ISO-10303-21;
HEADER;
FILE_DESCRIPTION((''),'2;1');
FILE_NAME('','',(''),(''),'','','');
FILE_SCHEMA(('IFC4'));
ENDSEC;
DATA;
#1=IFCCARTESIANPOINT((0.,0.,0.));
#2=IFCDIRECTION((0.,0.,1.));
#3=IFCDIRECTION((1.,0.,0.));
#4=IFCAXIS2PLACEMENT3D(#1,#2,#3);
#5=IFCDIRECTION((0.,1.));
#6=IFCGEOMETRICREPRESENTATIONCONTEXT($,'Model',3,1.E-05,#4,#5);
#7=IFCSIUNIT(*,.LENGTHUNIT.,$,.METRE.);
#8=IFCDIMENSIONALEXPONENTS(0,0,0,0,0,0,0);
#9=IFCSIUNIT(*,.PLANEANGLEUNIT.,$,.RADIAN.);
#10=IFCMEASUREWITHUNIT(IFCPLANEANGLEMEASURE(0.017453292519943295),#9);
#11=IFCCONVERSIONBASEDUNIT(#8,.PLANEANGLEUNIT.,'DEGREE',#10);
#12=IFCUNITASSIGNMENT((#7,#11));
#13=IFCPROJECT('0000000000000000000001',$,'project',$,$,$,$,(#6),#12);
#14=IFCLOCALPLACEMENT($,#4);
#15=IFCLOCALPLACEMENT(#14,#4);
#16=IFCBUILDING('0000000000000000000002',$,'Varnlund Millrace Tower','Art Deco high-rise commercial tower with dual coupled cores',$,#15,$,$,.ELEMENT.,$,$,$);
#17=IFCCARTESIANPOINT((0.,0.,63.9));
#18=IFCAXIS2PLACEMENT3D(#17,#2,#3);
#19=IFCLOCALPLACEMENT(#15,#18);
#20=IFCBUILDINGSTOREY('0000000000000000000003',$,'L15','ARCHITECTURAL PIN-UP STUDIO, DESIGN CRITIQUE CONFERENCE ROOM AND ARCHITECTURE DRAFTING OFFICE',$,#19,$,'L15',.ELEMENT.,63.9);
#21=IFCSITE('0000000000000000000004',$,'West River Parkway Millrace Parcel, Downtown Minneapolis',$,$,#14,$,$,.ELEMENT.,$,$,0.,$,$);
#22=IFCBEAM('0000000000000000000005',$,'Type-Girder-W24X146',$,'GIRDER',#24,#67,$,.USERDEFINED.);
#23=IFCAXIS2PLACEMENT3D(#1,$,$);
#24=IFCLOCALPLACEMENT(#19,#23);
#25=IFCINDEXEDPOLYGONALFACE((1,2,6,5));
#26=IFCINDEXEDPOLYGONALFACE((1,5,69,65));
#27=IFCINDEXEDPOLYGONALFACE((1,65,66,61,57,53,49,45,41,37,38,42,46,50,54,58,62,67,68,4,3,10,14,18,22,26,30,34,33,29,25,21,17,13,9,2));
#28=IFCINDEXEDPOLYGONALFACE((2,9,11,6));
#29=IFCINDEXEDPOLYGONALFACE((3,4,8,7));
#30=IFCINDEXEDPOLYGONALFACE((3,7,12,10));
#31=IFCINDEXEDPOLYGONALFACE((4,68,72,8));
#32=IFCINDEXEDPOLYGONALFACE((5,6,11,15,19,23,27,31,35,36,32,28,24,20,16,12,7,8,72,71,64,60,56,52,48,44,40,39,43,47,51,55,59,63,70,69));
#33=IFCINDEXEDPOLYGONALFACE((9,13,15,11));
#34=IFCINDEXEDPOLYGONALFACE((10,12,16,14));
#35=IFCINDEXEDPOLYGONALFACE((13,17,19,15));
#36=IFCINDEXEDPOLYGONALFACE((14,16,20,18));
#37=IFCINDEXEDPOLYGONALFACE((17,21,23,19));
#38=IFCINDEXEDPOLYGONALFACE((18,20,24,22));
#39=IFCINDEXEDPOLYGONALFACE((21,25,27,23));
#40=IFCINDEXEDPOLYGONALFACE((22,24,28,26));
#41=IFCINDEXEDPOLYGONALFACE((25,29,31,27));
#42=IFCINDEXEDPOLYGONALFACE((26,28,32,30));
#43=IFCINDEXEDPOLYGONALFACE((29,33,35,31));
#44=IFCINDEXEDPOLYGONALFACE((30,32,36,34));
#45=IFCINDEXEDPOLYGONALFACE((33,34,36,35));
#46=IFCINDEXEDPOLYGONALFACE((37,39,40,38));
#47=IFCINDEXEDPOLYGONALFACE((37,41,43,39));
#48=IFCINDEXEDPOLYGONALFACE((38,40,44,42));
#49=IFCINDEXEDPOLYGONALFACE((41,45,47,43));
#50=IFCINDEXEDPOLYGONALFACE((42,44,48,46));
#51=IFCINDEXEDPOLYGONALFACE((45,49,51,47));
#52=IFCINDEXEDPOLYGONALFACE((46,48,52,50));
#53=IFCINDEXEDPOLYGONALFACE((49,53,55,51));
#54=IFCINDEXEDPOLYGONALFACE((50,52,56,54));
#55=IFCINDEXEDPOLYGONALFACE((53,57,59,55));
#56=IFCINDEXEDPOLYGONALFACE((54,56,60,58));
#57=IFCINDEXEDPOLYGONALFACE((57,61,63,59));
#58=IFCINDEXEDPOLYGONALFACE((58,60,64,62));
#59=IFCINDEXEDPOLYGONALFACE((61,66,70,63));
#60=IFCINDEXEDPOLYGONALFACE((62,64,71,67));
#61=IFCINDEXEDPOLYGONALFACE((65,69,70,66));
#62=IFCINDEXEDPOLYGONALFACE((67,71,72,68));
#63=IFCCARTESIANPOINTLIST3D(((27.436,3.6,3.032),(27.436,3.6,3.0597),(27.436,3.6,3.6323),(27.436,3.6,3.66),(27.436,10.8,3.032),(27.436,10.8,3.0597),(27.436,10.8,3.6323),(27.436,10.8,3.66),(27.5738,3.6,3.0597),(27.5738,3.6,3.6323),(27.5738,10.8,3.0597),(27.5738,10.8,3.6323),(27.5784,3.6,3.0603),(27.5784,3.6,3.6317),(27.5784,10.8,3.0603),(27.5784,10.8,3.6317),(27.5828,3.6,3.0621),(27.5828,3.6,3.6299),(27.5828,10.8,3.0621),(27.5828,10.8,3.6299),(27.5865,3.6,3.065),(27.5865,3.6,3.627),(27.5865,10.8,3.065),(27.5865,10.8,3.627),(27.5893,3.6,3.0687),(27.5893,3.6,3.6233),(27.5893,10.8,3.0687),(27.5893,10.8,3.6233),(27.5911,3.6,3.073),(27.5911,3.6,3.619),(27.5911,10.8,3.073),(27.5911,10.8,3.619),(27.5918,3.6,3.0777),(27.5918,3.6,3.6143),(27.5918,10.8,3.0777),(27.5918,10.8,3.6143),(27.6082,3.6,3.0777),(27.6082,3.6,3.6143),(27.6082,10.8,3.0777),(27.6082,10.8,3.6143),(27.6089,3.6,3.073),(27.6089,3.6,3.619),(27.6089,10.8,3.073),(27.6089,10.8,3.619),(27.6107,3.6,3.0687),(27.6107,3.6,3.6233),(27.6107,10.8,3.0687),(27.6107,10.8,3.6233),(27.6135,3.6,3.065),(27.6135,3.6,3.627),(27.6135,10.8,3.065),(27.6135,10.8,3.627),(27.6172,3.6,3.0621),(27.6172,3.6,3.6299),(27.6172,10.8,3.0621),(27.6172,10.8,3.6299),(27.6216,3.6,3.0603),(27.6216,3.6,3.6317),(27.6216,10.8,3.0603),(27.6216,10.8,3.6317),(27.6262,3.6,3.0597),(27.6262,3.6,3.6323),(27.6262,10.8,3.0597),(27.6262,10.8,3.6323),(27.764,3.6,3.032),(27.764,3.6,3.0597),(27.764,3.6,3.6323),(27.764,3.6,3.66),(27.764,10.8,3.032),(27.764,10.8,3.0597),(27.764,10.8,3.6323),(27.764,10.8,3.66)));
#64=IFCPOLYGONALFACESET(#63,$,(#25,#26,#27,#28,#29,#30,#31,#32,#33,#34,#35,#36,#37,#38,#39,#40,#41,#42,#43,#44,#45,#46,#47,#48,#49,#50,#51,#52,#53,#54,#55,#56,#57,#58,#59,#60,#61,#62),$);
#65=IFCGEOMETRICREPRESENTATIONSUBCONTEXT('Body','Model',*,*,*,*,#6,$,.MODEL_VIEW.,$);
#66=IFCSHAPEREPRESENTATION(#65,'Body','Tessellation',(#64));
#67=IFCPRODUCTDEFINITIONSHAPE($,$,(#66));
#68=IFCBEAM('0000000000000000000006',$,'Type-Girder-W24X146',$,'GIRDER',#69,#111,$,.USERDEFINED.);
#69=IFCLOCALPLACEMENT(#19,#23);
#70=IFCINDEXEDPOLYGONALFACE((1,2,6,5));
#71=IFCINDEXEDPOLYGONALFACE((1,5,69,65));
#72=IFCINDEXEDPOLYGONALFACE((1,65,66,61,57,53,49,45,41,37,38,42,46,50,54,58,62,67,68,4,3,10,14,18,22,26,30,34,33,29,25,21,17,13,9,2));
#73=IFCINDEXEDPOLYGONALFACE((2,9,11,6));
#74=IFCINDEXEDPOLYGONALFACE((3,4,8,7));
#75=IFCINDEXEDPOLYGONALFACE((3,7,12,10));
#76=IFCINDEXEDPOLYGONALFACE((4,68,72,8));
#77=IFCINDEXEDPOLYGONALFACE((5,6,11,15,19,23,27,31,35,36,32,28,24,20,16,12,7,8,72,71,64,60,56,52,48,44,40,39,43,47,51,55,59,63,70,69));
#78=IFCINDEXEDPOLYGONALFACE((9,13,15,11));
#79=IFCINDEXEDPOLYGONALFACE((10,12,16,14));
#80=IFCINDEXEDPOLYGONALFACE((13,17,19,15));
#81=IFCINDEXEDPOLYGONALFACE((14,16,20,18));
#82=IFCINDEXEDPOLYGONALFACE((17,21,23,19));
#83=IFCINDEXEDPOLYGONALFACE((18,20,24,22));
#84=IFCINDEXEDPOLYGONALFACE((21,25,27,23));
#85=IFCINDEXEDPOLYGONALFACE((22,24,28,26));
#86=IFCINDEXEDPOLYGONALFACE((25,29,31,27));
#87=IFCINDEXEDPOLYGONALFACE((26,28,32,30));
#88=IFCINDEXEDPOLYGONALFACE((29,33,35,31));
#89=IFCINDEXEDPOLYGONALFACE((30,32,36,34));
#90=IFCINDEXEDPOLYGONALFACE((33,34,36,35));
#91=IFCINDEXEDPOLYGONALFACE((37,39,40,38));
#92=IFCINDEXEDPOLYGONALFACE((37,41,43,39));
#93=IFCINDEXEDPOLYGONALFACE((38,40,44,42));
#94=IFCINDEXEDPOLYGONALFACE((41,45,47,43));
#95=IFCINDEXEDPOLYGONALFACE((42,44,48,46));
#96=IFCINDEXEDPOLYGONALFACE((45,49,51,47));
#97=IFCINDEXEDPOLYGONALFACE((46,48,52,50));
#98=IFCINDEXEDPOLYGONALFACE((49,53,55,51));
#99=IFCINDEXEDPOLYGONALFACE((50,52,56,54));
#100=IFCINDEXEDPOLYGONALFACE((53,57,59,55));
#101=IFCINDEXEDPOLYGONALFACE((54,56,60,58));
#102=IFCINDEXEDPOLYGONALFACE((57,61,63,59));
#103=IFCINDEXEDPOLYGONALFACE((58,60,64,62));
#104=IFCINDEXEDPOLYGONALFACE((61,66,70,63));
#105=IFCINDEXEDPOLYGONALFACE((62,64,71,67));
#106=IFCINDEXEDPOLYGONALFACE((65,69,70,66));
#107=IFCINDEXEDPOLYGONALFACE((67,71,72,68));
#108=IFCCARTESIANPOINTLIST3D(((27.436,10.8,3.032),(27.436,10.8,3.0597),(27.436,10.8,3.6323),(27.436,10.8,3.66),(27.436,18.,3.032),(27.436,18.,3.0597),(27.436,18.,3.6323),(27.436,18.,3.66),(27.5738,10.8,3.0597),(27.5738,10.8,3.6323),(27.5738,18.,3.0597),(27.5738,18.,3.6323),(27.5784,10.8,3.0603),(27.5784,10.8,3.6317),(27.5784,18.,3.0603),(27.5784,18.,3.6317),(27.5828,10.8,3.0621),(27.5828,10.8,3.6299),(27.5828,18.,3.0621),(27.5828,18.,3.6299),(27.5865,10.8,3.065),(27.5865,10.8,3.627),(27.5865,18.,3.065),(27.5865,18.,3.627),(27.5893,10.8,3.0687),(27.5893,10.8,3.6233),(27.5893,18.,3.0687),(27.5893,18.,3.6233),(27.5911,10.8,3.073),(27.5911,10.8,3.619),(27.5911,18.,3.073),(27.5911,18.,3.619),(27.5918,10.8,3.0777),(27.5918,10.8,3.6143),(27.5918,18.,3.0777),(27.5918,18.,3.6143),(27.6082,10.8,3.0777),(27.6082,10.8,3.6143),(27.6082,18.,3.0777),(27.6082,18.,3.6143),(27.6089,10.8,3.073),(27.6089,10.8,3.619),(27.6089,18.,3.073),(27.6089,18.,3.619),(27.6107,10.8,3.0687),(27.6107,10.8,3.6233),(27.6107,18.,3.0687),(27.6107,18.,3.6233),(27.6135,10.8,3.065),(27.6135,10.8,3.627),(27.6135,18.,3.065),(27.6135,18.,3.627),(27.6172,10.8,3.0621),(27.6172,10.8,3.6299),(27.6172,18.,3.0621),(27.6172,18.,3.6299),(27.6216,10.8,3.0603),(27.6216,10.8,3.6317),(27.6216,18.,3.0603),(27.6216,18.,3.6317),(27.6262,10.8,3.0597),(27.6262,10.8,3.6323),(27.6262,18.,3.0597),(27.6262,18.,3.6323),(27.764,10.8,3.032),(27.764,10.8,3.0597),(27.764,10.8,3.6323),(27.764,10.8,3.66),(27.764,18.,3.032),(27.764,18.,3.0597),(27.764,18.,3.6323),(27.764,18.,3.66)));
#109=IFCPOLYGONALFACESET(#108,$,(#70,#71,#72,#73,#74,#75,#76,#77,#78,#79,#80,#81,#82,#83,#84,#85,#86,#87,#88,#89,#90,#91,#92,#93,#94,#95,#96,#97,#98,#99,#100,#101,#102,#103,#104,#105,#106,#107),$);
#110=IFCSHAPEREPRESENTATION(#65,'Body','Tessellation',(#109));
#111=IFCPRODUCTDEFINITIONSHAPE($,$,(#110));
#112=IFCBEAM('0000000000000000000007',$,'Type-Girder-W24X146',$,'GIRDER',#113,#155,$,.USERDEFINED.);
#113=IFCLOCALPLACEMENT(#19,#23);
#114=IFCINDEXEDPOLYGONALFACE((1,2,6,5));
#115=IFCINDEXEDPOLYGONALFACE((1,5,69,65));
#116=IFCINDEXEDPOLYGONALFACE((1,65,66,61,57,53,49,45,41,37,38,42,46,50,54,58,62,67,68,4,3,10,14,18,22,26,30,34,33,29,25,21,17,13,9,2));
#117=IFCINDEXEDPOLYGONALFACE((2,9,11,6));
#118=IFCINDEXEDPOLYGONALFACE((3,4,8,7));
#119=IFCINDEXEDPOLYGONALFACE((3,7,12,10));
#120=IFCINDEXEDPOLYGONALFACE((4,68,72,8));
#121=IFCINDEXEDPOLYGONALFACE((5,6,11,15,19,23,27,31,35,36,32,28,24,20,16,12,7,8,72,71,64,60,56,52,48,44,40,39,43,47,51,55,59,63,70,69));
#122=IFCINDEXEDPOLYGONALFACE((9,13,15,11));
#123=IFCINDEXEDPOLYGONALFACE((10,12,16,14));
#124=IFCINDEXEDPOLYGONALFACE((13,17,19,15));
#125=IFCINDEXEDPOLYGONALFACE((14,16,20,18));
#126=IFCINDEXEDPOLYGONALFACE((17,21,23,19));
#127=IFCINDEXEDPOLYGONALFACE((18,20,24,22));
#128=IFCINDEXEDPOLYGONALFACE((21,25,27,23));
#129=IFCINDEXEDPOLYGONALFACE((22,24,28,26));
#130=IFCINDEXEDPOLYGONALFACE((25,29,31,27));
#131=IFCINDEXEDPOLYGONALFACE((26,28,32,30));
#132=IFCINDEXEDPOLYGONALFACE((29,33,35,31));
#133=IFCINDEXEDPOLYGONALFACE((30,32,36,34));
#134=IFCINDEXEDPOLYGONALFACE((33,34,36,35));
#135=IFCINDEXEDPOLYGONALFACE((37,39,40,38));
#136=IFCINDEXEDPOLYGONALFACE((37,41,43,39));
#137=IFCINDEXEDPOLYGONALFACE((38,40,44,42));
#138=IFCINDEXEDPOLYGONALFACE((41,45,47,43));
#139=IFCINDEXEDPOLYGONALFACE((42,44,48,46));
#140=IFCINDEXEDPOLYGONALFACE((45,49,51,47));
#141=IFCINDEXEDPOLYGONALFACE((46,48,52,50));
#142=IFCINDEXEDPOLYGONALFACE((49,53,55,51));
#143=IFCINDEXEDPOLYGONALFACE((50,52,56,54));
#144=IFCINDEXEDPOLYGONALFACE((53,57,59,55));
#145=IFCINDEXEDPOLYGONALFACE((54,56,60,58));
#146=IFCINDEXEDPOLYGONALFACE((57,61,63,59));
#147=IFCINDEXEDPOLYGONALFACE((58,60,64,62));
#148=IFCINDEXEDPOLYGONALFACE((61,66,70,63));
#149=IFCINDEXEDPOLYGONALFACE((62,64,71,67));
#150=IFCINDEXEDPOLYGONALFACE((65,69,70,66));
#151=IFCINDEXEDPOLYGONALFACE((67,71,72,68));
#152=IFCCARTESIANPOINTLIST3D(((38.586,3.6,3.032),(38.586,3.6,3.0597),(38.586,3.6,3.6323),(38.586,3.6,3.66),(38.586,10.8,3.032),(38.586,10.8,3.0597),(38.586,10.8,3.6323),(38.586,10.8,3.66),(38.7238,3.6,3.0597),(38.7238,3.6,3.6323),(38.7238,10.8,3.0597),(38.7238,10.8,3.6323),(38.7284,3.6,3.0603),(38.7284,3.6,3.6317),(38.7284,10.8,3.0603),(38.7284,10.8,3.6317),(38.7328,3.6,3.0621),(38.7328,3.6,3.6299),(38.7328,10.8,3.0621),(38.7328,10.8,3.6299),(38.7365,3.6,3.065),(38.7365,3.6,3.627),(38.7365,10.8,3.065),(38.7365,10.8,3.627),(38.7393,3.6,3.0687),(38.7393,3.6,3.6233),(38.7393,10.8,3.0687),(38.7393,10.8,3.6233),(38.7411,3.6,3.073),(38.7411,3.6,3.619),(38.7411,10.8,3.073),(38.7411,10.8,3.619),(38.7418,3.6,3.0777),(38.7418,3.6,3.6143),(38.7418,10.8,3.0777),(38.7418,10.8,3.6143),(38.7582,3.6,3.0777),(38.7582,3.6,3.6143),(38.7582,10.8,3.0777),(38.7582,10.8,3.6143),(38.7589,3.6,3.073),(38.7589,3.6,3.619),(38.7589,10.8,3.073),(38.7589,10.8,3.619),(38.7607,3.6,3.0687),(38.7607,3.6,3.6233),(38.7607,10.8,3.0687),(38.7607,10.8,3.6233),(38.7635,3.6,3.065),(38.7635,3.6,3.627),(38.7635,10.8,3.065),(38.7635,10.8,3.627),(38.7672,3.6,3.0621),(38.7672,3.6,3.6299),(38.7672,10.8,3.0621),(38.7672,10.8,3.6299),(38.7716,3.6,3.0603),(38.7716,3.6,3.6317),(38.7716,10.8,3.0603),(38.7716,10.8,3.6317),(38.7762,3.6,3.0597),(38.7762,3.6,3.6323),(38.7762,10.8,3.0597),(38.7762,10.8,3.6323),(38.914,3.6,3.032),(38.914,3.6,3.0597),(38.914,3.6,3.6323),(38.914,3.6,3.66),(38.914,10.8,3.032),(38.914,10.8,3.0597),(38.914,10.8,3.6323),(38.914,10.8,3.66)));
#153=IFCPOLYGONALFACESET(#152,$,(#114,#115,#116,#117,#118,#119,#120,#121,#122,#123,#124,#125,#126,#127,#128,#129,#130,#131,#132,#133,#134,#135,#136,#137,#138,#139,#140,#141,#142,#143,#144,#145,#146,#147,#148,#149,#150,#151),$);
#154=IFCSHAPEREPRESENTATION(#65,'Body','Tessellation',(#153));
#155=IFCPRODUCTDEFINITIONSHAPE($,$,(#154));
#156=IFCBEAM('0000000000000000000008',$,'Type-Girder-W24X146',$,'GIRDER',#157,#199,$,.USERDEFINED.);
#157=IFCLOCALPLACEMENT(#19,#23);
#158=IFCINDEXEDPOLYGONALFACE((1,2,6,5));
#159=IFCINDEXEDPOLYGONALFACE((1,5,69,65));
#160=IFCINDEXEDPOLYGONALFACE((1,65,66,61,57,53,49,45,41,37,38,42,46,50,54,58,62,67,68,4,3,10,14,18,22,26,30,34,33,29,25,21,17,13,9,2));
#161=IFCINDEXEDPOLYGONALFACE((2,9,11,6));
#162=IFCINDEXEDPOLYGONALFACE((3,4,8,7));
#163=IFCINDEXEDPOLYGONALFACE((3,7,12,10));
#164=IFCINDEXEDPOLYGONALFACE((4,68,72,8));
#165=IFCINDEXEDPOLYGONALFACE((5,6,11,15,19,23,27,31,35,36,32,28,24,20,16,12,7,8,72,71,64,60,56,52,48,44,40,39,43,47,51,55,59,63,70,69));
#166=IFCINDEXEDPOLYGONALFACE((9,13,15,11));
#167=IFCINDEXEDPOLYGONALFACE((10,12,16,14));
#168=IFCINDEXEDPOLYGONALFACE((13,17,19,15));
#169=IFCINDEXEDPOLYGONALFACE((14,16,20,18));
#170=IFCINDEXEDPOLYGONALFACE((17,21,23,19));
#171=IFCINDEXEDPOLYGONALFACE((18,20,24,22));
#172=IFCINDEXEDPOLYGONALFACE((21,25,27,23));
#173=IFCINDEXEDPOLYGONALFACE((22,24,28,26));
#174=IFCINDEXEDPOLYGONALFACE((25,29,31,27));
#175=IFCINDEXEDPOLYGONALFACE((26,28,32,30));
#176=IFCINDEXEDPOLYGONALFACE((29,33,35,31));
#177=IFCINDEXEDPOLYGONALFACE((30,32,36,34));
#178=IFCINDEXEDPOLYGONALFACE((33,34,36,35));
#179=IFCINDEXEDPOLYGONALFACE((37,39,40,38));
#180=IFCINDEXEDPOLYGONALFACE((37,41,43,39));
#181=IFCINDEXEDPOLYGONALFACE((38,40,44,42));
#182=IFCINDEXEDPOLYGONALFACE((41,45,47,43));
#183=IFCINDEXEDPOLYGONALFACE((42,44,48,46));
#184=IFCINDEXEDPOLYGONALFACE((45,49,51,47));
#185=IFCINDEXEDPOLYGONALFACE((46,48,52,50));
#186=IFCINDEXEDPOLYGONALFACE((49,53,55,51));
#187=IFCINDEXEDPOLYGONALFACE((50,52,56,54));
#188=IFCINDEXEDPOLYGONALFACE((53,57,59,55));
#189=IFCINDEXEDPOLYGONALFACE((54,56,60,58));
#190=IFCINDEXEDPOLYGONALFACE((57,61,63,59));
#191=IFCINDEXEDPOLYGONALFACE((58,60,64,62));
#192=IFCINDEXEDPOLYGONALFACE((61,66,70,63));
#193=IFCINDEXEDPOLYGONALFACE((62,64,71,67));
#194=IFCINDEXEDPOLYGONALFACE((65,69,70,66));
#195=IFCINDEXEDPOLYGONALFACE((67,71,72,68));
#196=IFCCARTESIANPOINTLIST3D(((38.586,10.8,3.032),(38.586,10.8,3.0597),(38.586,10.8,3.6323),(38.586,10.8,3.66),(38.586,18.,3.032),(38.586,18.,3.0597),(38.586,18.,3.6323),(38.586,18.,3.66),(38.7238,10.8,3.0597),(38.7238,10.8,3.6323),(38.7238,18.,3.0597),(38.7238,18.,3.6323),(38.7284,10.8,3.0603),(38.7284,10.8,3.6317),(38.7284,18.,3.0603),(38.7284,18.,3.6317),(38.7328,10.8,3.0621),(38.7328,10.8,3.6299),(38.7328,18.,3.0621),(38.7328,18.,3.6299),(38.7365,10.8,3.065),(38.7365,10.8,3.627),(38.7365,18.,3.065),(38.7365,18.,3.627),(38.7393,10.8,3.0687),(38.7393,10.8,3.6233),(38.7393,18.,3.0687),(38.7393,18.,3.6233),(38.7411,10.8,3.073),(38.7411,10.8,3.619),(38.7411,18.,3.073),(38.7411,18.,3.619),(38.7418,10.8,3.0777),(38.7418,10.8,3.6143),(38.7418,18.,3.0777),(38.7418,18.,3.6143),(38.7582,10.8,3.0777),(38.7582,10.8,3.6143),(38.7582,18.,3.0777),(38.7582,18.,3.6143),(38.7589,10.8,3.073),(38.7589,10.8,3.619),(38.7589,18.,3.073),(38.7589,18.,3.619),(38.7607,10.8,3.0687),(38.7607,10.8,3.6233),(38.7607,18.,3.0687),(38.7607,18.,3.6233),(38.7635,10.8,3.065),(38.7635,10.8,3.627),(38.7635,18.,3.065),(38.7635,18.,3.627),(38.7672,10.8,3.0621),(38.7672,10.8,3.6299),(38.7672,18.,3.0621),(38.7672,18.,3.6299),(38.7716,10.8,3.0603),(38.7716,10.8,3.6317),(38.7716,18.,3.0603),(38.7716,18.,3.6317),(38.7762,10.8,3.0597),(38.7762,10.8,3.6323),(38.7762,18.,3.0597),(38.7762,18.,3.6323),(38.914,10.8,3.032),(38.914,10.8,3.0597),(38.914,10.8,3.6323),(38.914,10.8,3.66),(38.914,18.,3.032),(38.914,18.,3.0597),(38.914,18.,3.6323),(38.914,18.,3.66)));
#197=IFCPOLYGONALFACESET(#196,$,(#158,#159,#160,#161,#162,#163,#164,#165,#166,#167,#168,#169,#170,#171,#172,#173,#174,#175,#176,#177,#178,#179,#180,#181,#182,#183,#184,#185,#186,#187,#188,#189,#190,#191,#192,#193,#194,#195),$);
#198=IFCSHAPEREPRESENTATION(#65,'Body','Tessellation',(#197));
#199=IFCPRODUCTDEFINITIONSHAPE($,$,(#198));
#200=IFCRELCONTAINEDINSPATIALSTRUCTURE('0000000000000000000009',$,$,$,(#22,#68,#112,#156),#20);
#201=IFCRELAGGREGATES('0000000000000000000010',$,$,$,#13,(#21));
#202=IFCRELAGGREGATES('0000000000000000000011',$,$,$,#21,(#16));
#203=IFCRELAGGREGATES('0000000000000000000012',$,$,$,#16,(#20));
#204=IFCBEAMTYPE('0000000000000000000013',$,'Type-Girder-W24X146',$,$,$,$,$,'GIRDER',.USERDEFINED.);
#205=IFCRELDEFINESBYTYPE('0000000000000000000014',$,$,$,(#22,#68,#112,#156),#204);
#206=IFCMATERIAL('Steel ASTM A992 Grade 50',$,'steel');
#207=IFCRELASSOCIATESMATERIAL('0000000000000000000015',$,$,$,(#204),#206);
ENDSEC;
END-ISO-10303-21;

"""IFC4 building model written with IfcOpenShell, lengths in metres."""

from ifc_helpers import new_model, entity, si_unit, converted_unit, direction, frame, origin_with_axes, origin_2d_with_axis, place, context, subcontext, project, spatial, i_section, extrude, material, material_profile, profile_set, type_object, element, save


model = new_model("IFC4")

# Units and contexts
model_context = context("Model", 3, precision=1e-05, world=origin_with_axes(), true_north=direction((0.0, 1.0)))
body_context = subcontext(model_context, "Body", "Model", "MODEL_VIEW")
ifc_project = project(units=[si_unit("LENGTHUNIT", "METRE"), converted_unit("PLANEANGLEUNIT", "DEGREE", entity("IfcPlaneAngleMeasure", 0.017453292519943295), si_unit("PLANEANGLEUNIT", "RADIAN"), dimensions=[0, 0, 0, 0, 0, 0, 0])], contexts=[model_context])

# Site, building, storey
site_placement = place(None, origin_with_axes())
site = spatial("IfcSite", under=ifc_project, at=site_placement, Name="West River Parkway Millrace Parcel, Downtown Minneapolis", CompositionType="ELEMENT", RefElevation=0.0)
building_placement = place(site_placement, origin_with_axes())
building = spatial("IfcBuilding", under=site, at=building_placement, Name="Varnlund Millrace Tower", Description="Art Deco high-rise commercial tower with dual coupled cores", CompositionType="ELEMENT")
storey_placement = place(building_placement, frame((0.0, 0.0, 63.9), z_axis=(0.0, 0.0, 1.0), x_axis=(1.0, 0.0, 0.0)))
storey = spatial("IfcBuildingStorey", under=building, at=storey_placement, Name="L15", Description="ARCHITECTURAL PIN-UP STUDIO, DESIGN CRITIQUE CONFERENCE ROOM AND ARCHITECTURE DRAFTING OFFICE", LongName="L15", CompositionType="ELEMENT", Elevation=63.9)

# Beams
ifc_material_1 = material(Name="Steel ASTM A992 Grade 50", Category="steel")
ifc_material_profile_1 = material_profile(ifc_material_1, i_section(OverallWidth=0.328, OverallDepth=0.628, WebThickness=0.0165, FlangeThickness=0.0277, FilletRadius=0.018, at=origin_2d_with_axis()), Name="Steel ASTM A992 Grade 50")
ifc_profile_set_1 = profile_set([ifc_material_profile_1], Name="Steel ASTM A992 Grade 50")
beam_type_1 = type_object("IfcBeamType", Name="Type-Girder-W24X146", ElementType="GIRDER", PredefinedType="USERDEFINED", material=ifc_profile_set_1)
for number, where, z_axis, x_axis, name in (
    (1, (27.6, 3.6, 3.346), (0.0, 1.0, 0.0), (-1.0, 0.0, 0.0), "Type-Girder-W24X146"),
    (2, (27.6, 10.8, 3.346), (0.0, 1.0, 0.0), (-1.0, 0.0, 0.0), "Type-Girder-W24X146"),
    (3, (38.75, 3.6, 3.346), (0.0, 1.0, 0.0), (-1.0, 0.0, 0.0), "Type-Girder-W24X146"),
    (4, (38.75, 10.8, 3.346), (0.0, 1.0, 0.0), (-1.0, 0.0, 0.0), "Type-Girder-W24X146"),
):
    element("IfcBeam", number, at=place(storey_placement, frame(where, z_axis=z_axis, x_axis=x_axis)), inside=storey, type_object=beam_type_1, Name=name, ObjectType="GIRDER", PredefinedType="USERDEFINED", context=body_context, shape_type="SweptSolid", body=[
        extrude(i_section(OverallWidth=0.328, OverallDepth=0.628, WebThickness=0.0165, FlangeThickness=0.0277, FilletRadius=0.018, at=origin_2d_with_axis()), origin_with_axes(), (0.0, 0.0, 1.0), 7.2),
    ])

save(model, "model.ifc")
